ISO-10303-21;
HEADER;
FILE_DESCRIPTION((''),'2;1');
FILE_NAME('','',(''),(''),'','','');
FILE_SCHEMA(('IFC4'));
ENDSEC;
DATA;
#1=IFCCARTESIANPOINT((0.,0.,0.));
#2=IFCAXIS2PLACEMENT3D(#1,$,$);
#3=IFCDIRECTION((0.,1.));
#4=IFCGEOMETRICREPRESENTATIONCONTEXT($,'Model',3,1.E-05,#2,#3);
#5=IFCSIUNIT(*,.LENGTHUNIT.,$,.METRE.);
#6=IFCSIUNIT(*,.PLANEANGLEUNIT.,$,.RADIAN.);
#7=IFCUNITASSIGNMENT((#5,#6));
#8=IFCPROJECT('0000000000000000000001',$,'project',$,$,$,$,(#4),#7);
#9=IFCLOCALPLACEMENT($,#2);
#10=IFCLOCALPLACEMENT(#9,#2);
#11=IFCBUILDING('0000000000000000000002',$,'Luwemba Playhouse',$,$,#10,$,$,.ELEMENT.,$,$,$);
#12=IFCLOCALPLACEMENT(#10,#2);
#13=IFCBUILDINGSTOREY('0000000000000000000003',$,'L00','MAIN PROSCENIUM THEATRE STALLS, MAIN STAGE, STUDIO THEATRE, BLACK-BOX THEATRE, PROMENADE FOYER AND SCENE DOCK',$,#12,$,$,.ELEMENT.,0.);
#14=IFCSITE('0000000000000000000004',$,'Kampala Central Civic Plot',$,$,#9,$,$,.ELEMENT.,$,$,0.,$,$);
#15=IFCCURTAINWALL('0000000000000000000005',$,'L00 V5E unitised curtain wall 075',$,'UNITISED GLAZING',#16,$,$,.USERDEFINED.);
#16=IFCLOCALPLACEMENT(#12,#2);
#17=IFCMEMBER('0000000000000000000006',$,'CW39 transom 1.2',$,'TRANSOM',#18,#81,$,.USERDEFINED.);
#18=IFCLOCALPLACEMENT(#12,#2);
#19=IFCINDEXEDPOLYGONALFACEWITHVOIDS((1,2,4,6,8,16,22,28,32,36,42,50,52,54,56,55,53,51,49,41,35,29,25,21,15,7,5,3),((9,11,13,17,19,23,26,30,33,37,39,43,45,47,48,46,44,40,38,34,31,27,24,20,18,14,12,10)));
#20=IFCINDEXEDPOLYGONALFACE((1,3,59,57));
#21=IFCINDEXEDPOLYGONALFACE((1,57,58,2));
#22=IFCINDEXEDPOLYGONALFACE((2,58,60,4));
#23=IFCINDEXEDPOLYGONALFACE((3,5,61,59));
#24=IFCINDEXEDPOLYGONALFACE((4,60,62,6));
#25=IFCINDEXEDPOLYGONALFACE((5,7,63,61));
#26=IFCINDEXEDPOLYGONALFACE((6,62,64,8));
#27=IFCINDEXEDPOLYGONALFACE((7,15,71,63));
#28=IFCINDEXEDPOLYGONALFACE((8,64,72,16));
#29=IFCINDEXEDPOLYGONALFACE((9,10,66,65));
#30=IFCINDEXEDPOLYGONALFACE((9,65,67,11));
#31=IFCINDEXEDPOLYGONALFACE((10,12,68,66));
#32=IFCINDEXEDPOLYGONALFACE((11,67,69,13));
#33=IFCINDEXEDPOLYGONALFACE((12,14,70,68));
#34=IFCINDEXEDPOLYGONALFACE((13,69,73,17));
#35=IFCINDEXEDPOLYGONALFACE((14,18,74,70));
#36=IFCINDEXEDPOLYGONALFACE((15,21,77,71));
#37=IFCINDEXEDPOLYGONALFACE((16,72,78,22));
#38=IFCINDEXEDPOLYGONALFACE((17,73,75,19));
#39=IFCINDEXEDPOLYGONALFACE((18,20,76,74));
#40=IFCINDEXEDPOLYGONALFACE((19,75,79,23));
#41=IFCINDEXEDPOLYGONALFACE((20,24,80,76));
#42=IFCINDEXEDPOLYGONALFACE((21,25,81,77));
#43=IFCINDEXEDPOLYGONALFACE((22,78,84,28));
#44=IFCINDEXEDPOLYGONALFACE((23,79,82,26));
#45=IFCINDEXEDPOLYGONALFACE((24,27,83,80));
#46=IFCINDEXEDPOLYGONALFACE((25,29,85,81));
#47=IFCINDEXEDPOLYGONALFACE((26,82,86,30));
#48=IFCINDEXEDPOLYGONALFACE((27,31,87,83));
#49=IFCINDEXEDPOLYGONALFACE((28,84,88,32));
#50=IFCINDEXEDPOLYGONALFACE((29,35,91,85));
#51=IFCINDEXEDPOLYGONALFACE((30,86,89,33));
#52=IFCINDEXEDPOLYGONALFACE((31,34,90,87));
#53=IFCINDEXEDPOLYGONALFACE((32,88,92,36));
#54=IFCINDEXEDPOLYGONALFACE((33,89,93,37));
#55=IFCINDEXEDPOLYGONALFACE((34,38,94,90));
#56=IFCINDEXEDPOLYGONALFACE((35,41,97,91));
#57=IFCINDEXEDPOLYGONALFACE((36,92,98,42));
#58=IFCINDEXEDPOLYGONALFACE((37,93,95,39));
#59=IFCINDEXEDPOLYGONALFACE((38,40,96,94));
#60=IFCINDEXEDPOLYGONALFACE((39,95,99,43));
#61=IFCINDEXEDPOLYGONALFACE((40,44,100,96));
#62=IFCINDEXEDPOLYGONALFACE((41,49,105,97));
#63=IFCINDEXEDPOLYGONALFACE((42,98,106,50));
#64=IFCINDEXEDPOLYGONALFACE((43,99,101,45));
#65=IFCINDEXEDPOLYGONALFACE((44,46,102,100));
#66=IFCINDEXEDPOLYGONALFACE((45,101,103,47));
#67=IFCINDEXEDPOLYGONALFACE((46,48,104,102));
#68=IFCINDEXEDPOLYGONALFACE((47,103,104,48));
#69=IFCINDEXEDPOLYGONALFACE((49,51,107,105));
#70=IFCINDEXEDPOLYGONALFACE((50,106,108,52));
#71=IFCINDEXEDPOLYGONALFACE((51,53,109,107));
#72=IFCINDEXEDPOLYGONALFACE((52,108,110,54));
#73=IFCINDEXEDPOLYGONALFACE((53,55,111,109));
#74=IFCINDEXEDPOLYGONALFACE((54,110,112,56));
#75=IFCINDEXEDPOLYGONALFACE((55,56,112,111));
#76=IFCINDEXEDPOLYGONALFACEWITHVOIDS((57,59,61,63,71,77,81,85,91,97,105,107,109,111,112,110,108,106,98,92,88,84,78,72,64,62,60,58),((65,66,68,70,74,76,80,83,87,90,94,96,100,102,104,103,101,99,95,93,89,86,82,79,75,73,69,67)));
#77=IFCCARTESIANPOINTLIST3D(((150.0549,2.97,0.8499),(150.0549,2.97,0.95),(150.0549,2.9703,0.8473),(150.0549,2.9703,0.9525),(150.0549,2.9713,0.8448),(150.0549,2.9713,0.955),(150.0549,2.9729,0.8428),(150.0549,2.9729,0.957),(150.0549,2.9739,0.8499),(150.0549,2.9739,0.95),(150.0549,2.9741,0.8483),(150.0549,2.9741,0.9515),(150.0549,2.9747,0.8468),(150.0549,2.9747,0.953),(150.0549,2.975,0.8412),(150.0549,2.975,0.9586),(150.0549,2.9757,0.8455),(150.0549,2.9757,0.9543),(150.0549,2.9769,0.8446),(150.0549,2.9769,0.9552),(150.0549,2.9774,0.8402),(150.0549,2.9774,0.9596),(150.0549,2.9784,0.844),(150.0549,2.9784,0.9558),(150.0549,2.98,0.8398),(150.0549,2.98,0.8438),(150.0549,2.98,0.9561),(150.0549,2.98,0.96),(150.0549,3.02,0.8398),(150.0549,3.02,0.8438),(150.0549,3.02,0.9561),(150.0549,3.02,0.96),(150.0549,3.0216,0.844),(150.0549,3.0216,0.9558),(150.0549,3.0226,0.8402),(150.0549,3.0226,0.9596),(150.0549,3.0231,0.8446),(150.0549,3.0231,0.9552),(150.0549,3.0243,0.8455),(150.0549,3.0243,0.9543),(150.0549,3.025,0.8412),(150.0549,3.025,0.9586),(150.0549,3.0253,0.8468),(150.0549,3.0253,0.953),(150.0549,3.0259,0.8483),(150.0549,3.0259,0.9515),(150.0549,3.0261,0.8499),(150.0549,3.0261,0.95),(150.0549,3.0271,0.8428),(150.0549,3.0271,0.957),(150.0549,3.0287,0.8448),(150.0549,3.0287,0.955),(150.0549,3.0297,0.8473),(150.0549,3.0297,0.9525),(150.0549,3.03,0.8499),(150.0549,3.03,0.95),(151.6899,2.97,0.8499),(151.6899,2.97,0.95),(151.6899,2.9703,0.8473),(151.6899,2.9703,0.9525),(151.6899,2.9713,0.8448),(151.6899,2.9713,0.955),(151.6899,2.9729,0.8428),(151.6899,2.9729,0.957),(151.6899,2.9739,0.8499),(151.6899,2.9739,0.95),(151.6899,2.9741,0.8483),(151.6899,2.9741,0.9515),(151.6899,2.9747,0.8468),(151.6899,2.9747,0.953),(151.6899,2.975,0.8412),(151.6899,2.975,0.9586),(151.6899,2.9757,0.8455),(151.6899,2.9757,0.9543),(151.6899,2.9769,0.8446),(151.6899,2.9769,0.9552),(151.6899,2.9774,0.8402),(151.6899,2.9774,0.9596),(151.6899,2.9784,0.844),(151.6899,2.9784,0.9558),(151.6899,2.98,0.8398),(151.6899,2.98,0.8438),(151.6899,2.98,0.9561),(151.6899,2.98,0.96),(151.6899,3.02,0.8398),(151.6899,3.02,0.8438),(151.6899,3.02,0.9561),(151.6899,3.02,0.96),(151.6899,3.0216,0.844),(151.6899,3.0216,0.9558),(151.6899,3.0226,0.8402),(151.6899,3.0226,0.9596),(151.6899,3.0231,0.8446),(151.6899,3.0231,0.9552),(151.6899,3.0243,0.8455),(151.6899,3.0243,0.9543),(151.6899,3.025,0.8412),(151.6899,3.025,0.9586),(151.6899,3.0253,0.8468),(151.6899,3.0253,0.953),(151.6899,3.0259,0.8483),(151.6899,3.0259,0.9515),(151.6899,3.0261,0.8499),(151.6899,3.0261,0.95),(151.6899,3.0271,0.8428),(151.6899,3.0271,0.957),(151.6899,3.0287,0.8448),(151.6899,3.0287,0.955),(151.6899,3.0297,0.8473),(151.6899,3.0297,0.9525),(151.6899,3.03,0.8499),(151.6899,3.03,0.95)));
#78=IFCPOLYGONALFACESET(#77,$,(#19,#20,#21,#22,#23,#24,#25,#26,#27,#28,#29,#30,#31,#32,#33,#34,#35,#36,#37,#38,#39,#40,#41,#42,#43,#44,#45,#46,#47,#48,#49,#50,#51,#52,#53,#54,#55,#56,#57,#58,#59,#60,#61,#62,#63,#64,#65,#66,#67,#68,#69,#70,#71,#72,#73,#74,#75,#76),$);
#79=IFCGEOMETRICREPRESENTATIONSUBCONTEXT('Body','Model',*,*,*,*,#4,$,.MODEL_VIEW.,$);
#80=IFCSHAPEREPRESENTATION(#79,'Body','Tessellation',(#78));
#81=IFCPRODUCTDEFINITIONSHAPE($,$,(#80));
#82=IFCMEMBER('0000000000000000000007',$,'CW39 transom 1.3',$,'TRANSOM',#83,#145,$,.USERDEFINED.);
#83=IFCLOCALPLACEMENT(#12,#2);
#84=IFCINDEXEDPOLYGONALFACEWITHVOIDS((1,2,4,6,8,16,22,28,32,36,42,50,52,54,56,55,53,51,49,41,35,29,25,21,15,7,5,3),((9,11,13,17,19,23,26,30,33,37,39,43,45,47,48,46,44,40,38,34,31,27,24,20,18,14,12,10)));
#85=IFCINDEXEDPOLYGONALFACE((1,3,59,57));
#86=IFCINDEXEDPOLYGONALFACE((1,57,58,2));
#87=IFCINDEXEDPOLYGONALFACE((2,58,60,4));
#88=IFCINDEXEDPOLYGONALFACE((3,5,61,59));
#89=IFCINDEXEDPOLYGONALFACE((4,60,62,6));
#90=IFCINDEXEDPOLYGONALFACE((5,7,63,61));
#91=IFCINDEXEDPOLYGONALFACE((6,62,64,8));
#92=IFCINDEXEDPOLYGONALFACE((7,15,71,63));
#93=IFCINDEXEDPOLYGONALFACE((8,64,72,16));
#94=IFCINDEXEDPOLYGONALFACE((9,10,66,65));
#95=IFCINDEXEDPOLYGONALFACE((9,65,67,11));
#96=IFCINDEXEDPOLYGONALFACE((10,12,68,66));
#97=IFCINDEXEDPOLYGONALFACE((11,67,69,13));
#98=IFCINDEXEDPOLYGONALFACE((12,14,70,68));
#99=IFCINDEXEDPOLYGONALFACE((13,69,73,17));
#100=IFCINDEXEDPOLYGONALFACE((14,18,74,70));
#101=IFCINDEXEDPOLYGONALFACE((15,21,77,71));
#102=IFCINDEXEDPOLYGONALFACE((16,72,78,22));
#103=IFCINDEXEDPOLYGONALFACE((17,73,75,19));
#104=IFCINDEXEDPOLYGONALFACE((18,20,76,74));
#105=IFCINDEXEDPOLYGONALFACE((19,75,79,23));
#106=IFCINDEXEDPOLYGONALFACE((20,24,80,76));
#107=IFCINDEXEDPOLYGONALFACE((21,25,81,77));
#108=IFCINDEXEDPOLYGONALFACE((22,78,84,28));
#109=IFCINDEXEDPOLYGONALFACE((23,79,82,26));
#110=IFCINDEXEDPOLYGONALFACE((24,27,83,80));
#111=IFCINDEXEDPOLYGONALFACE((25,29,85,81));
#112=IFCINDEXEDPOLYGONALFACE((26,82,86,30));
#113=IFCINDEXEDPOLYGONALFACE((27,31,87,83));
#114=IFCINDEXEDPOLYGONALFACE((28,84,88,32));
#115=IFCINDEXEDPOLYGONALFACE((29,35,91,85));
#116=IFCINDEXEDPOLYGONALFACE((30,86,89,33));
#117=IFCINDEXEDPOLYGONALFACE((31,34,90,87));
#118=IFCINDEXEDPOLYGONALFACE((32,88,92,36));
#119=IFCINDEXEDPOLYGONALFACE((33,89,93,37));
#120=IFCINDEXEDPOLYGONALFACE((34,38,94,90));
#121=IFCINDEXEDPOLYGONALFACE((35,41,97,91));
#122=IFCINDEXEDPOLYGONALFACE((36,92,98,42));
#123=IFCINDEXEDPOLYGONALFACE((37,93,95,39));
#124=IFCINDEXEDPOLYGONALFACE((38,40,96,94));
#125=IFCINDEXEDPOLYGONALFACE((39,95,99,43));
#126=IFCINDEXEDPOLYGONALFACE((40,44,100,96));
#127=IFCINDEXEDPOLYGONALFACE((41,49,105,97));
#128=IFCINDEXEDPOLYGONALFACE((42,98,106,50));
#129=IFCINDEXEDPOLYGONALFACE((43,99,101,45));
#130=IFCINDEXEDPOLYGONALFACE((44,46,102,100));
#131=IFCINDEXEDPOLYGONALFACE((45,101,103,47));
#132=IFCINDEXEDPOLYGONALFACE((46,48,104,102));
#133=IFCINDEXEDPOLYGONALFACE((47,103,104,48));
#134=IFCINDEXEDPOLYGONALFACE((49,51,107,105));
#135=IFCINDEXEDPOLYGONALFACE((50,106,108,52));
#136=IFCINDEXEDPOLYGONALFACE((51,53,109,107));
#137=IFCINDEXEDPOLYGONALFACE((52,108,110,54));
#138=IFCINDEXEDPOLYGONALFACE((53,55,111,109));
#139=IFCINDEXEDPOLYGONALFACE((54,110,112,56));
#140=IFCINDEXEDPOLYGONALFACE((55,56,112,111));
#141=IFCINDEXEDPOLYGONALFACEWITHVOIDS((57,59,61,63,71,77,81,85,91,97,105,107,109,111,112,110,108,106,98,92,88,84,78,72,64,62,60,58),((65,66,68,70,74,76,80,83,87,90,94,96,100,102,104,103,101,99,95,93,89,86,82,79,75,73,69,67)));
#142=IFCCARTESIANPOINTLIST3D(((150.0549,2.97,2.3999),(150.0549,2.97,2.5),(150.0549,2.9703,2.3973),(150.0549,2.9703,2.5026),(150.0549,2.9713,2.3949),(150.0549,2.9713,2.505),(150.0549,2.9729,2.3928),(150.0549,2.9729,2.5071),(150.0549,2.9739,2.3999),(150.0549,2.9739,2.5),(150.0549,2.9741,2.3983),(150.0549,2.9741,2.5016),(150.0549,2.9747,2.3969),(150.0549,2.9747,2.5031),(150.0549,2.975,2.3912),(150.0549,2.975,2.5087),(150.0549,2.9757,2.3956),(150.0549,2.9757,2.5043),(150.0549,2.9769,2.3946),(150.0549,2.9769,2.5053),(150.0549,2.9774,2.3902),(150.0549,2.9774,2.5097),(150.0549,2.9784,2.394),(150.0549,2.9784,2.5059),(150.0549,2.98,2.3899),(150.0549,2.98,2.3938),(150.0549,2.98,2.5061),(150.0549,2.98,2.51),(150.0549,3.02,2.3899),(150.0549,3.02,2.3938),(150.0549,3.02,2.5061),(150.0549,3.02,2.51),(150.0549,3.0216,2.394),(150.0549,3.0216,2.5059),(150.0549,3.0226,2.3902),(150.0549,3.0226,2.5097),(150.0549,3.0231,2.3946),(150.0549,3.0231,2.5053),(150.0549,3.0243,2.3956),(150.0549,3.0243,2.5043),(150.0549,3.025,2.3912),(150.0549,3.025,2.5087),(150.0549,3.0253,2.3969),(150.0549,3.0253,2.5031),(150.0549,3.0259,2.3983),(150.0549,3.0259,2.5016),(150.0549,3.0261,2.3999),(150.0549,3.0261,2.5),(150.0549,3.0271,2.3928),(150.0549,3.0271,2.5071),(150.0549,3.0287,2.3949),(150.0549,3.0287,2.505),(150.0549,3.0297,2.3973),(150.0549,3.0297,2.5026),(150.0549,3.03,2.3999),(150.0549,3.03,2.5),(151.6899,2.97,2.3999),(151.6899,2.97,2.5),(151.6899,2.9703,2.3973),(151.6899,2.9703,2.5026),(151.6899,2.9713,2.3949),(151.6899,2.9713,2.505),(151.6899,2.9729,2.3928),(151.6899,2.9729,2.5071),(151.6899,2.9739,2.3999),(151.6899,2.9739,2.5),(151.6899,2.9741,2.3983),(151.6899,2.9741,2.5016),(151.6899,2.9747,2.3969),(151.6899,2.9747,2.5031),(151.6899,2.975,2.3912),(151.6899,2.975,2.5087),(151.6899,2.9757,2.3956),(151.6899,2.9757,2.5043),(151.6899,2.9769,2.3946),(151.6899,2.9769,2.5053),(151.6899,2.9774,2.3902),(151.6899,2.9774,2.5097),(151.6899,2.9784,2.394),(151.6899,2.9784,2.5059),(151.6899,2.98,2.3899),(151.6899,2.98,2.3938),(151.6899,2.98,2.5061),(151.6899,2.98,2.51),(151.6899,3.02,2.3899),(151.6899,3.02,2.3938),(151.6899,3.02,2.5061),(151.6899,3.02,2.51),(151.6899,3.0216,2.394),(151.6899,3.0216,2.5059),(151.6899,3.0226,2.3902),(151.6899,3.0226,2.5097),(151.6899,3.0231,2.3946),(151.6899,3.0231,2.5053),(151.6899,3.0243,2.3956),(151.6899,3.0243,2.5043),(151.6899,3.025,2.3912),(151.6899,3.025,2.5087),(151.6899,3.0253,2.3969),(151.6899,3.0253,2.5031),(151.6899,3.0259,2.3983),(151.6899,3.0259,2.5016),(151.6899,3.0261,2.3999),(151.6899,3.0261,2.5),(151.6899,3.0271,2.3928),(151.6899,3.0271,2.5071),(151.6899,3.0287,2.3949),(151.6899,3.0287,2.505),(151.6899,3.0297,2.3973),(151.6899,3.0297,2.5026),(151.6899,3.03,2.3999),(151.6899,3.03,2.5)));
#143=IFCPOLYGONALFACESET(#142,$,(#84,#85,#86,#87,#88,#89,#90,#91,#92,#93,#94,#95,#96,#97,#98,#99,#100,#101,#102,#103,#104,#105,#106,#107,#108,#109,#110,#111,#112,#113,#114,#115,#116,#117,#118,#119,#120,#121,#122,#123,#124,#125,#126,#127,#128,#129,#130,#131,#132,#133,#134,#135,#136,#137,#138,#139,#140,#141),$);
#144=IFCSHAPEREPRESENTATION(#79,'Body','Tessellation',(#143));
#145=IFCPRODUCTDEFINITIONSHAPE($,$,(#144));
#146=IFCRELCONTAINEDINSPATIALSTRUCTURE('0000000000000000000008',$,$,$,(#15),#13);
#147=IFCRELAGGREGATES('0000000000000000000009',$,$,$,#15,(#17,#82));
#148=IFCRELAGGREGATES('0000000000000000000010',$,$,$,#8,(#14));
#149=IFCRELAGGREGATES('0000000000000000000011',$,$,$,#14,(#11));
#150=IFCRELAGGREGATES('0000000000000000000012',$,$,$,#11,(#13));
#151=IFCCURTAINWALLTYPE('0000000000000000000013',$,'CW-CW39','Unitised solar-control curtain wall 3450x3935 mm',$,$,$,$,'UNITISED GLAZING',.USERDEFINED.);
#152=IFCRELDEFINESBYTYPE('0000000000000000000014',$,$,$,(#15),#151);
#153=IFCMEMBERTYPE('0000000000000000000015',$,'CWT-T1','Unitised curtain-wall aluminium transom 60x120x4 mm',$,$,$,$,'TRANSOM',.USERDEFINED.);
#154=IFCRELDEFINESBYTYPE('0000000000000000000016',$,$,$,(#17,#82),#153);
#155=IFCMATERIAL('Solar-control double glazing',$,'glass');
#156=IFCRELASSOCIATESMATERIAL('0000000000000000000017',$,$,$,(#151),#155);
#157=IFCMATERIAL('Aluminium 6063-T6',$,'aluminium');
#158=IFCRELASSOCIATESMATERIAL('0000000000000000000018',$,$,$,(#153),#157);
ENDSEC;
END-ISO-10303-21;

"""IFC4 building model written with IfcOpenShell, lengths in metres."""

from ifc_helpers import new_model, si_unit, direction, frame, origin, origin_2d, place, context, subcontext, project, spatial, hollow_rectangle, extrude, material, material_profile, profile_set, type_object, element, aggregate, save


model = new_model("IFC4")

# Units and contexts
model_context = context("Model", 3, precision=1e-05, world=origin(), true_north=direction((0.0, 1.0)))
body_context = subcontext(model_context, "Body", "Model", "MODEL_VIEW")
ifc_project = project(units=[si_unit("LENGTHUNIT", "METRE"), si_unit("PLANEANGLEUNIT", "RADIAN")], contexts=[model_context])

# Site, building, storey
site_placement = place(None, origin())
site = spatial("IfcSite", under=ifc_project, at=site_placement, Name="Kampala Central Civic Plot", CompositionType="ELEMENT", RefElevation=0.0)
building_placement = place(site_placement, origin())
building = spatial("IfcBuilding", under=site, at=building_placement, Name="Luwemba Playhouse", CompositionType="ELEMENT")
storey_placement = place(building_placement, origin())
storey = spatial("IfcBuildingStorey", under=building, at=storey_placement, Name="L00", Description="MAIN PROSCENIUM THEATRE STALLS, MAIN STAGE, STUDIO THEATRE, BLACK-BOX THEATRE, PROMENADE FOYER AND SCENE DOCK", CompositionType="ELEMENT", Elevation=0.0)

# Curtain wall
ifc_material_1 = material(Name="Solar-control double glazing", Category="glass")
curtain_wall_type_1 = type_object("IfcCurtainWallType", Name="CW-CW39", Description="Unitised solar-control curtain wall 3450x3935 mm", ElementType="UNITISED GLAZING", PredefinedType="USERDEFINED", material=ifc_material_1)
curtain_wall_1_placement = place(storey_placement, origin())
curtain_wall_1 = element("IfcCurtainWall", 1, at=curtain_wall_1_placement, inside=storey, type_object=curtain_wall_type_1, Name="L00 V5E unitised curtain wall 075", ObjectType="UNITISED GLAZING", PredefinedType="USERDEFINED")
ifc_material_2 = material(Name="Aluminium 6063-T6", Category="aluminium")

# Members
ifc_material_profile_1 = material_profile(ifc_material_2, hollow_rectangle(XDim=0.0601, YDim=0.1201, WallThickness=0.0039, InnerFilletRadius=0.0061, OuterFilletRadius=0.01, at=origin_2d()))
ifc_profile_set_1 = profile_set([ifc_material_profile_1], Name="Aluminium 6063-T6")
member_type_1 = type_object("IfcMemberType", Name="CWT-T1", Description="Unitised curtain-wall aluminium transom 60x120x4 mm", ElementType="TRANSOM", PredefinedType="USERDEFINED", material=ifc_profile_set_1)
member_1_placement = place(storey_placement, frame((151.6899, 3.0, 0.8999), z_axis=(-1.0, 0.0, 0.0), x_axis=(0.0, -1.0, 0.0)))
member_1 = element("IfcMember", 2, at=member_1_placement, type_object=member_type_1, Name="CW39 transom 1.2", ObjectType="TRANSOM", PredefinedType="USERDEFINED", context=body_context, shape_type="SweptSolid", body=[
    extrude(hollow_rectangle(XDim=0.0601, YDim=0.1201, WallThickness=0.0039, InnerFilletRadius=0.0061, OuterFilletRadius=0.01, at=origin_2d()), origin(), (0.0, 0.0, 1.0), 1.635),
])
member_2_placement = place(storey_placement, frame((151.6899, 3.0, 2.45), z_axis=(-1.0, 0.0, 0.0), x_axis=(0.0, -1.0, 0.0)))
member_2 = element("IfcMember", 3, at=member_2_placement, type_object=member_type_1, Name="CW39 transom 1.3", ObjectType="TRANSOM", PredefinedType="USERDEFINED", context=body_context, shape_type="SweptSolid", body=[
    extrude(hollow_rectangle(XDim=0.0601, YDim=0.1201, WallThickness=0.0039, InnerFilletRadius=0.0061, OuterFilletRadius=0.01, at=origin_2d()), origin(), (0.0, 0.0, 1.0), 1.635),
])

aggregate(curtain_wall_1, [member_1, member_2])

save(model, "model.ifc")
